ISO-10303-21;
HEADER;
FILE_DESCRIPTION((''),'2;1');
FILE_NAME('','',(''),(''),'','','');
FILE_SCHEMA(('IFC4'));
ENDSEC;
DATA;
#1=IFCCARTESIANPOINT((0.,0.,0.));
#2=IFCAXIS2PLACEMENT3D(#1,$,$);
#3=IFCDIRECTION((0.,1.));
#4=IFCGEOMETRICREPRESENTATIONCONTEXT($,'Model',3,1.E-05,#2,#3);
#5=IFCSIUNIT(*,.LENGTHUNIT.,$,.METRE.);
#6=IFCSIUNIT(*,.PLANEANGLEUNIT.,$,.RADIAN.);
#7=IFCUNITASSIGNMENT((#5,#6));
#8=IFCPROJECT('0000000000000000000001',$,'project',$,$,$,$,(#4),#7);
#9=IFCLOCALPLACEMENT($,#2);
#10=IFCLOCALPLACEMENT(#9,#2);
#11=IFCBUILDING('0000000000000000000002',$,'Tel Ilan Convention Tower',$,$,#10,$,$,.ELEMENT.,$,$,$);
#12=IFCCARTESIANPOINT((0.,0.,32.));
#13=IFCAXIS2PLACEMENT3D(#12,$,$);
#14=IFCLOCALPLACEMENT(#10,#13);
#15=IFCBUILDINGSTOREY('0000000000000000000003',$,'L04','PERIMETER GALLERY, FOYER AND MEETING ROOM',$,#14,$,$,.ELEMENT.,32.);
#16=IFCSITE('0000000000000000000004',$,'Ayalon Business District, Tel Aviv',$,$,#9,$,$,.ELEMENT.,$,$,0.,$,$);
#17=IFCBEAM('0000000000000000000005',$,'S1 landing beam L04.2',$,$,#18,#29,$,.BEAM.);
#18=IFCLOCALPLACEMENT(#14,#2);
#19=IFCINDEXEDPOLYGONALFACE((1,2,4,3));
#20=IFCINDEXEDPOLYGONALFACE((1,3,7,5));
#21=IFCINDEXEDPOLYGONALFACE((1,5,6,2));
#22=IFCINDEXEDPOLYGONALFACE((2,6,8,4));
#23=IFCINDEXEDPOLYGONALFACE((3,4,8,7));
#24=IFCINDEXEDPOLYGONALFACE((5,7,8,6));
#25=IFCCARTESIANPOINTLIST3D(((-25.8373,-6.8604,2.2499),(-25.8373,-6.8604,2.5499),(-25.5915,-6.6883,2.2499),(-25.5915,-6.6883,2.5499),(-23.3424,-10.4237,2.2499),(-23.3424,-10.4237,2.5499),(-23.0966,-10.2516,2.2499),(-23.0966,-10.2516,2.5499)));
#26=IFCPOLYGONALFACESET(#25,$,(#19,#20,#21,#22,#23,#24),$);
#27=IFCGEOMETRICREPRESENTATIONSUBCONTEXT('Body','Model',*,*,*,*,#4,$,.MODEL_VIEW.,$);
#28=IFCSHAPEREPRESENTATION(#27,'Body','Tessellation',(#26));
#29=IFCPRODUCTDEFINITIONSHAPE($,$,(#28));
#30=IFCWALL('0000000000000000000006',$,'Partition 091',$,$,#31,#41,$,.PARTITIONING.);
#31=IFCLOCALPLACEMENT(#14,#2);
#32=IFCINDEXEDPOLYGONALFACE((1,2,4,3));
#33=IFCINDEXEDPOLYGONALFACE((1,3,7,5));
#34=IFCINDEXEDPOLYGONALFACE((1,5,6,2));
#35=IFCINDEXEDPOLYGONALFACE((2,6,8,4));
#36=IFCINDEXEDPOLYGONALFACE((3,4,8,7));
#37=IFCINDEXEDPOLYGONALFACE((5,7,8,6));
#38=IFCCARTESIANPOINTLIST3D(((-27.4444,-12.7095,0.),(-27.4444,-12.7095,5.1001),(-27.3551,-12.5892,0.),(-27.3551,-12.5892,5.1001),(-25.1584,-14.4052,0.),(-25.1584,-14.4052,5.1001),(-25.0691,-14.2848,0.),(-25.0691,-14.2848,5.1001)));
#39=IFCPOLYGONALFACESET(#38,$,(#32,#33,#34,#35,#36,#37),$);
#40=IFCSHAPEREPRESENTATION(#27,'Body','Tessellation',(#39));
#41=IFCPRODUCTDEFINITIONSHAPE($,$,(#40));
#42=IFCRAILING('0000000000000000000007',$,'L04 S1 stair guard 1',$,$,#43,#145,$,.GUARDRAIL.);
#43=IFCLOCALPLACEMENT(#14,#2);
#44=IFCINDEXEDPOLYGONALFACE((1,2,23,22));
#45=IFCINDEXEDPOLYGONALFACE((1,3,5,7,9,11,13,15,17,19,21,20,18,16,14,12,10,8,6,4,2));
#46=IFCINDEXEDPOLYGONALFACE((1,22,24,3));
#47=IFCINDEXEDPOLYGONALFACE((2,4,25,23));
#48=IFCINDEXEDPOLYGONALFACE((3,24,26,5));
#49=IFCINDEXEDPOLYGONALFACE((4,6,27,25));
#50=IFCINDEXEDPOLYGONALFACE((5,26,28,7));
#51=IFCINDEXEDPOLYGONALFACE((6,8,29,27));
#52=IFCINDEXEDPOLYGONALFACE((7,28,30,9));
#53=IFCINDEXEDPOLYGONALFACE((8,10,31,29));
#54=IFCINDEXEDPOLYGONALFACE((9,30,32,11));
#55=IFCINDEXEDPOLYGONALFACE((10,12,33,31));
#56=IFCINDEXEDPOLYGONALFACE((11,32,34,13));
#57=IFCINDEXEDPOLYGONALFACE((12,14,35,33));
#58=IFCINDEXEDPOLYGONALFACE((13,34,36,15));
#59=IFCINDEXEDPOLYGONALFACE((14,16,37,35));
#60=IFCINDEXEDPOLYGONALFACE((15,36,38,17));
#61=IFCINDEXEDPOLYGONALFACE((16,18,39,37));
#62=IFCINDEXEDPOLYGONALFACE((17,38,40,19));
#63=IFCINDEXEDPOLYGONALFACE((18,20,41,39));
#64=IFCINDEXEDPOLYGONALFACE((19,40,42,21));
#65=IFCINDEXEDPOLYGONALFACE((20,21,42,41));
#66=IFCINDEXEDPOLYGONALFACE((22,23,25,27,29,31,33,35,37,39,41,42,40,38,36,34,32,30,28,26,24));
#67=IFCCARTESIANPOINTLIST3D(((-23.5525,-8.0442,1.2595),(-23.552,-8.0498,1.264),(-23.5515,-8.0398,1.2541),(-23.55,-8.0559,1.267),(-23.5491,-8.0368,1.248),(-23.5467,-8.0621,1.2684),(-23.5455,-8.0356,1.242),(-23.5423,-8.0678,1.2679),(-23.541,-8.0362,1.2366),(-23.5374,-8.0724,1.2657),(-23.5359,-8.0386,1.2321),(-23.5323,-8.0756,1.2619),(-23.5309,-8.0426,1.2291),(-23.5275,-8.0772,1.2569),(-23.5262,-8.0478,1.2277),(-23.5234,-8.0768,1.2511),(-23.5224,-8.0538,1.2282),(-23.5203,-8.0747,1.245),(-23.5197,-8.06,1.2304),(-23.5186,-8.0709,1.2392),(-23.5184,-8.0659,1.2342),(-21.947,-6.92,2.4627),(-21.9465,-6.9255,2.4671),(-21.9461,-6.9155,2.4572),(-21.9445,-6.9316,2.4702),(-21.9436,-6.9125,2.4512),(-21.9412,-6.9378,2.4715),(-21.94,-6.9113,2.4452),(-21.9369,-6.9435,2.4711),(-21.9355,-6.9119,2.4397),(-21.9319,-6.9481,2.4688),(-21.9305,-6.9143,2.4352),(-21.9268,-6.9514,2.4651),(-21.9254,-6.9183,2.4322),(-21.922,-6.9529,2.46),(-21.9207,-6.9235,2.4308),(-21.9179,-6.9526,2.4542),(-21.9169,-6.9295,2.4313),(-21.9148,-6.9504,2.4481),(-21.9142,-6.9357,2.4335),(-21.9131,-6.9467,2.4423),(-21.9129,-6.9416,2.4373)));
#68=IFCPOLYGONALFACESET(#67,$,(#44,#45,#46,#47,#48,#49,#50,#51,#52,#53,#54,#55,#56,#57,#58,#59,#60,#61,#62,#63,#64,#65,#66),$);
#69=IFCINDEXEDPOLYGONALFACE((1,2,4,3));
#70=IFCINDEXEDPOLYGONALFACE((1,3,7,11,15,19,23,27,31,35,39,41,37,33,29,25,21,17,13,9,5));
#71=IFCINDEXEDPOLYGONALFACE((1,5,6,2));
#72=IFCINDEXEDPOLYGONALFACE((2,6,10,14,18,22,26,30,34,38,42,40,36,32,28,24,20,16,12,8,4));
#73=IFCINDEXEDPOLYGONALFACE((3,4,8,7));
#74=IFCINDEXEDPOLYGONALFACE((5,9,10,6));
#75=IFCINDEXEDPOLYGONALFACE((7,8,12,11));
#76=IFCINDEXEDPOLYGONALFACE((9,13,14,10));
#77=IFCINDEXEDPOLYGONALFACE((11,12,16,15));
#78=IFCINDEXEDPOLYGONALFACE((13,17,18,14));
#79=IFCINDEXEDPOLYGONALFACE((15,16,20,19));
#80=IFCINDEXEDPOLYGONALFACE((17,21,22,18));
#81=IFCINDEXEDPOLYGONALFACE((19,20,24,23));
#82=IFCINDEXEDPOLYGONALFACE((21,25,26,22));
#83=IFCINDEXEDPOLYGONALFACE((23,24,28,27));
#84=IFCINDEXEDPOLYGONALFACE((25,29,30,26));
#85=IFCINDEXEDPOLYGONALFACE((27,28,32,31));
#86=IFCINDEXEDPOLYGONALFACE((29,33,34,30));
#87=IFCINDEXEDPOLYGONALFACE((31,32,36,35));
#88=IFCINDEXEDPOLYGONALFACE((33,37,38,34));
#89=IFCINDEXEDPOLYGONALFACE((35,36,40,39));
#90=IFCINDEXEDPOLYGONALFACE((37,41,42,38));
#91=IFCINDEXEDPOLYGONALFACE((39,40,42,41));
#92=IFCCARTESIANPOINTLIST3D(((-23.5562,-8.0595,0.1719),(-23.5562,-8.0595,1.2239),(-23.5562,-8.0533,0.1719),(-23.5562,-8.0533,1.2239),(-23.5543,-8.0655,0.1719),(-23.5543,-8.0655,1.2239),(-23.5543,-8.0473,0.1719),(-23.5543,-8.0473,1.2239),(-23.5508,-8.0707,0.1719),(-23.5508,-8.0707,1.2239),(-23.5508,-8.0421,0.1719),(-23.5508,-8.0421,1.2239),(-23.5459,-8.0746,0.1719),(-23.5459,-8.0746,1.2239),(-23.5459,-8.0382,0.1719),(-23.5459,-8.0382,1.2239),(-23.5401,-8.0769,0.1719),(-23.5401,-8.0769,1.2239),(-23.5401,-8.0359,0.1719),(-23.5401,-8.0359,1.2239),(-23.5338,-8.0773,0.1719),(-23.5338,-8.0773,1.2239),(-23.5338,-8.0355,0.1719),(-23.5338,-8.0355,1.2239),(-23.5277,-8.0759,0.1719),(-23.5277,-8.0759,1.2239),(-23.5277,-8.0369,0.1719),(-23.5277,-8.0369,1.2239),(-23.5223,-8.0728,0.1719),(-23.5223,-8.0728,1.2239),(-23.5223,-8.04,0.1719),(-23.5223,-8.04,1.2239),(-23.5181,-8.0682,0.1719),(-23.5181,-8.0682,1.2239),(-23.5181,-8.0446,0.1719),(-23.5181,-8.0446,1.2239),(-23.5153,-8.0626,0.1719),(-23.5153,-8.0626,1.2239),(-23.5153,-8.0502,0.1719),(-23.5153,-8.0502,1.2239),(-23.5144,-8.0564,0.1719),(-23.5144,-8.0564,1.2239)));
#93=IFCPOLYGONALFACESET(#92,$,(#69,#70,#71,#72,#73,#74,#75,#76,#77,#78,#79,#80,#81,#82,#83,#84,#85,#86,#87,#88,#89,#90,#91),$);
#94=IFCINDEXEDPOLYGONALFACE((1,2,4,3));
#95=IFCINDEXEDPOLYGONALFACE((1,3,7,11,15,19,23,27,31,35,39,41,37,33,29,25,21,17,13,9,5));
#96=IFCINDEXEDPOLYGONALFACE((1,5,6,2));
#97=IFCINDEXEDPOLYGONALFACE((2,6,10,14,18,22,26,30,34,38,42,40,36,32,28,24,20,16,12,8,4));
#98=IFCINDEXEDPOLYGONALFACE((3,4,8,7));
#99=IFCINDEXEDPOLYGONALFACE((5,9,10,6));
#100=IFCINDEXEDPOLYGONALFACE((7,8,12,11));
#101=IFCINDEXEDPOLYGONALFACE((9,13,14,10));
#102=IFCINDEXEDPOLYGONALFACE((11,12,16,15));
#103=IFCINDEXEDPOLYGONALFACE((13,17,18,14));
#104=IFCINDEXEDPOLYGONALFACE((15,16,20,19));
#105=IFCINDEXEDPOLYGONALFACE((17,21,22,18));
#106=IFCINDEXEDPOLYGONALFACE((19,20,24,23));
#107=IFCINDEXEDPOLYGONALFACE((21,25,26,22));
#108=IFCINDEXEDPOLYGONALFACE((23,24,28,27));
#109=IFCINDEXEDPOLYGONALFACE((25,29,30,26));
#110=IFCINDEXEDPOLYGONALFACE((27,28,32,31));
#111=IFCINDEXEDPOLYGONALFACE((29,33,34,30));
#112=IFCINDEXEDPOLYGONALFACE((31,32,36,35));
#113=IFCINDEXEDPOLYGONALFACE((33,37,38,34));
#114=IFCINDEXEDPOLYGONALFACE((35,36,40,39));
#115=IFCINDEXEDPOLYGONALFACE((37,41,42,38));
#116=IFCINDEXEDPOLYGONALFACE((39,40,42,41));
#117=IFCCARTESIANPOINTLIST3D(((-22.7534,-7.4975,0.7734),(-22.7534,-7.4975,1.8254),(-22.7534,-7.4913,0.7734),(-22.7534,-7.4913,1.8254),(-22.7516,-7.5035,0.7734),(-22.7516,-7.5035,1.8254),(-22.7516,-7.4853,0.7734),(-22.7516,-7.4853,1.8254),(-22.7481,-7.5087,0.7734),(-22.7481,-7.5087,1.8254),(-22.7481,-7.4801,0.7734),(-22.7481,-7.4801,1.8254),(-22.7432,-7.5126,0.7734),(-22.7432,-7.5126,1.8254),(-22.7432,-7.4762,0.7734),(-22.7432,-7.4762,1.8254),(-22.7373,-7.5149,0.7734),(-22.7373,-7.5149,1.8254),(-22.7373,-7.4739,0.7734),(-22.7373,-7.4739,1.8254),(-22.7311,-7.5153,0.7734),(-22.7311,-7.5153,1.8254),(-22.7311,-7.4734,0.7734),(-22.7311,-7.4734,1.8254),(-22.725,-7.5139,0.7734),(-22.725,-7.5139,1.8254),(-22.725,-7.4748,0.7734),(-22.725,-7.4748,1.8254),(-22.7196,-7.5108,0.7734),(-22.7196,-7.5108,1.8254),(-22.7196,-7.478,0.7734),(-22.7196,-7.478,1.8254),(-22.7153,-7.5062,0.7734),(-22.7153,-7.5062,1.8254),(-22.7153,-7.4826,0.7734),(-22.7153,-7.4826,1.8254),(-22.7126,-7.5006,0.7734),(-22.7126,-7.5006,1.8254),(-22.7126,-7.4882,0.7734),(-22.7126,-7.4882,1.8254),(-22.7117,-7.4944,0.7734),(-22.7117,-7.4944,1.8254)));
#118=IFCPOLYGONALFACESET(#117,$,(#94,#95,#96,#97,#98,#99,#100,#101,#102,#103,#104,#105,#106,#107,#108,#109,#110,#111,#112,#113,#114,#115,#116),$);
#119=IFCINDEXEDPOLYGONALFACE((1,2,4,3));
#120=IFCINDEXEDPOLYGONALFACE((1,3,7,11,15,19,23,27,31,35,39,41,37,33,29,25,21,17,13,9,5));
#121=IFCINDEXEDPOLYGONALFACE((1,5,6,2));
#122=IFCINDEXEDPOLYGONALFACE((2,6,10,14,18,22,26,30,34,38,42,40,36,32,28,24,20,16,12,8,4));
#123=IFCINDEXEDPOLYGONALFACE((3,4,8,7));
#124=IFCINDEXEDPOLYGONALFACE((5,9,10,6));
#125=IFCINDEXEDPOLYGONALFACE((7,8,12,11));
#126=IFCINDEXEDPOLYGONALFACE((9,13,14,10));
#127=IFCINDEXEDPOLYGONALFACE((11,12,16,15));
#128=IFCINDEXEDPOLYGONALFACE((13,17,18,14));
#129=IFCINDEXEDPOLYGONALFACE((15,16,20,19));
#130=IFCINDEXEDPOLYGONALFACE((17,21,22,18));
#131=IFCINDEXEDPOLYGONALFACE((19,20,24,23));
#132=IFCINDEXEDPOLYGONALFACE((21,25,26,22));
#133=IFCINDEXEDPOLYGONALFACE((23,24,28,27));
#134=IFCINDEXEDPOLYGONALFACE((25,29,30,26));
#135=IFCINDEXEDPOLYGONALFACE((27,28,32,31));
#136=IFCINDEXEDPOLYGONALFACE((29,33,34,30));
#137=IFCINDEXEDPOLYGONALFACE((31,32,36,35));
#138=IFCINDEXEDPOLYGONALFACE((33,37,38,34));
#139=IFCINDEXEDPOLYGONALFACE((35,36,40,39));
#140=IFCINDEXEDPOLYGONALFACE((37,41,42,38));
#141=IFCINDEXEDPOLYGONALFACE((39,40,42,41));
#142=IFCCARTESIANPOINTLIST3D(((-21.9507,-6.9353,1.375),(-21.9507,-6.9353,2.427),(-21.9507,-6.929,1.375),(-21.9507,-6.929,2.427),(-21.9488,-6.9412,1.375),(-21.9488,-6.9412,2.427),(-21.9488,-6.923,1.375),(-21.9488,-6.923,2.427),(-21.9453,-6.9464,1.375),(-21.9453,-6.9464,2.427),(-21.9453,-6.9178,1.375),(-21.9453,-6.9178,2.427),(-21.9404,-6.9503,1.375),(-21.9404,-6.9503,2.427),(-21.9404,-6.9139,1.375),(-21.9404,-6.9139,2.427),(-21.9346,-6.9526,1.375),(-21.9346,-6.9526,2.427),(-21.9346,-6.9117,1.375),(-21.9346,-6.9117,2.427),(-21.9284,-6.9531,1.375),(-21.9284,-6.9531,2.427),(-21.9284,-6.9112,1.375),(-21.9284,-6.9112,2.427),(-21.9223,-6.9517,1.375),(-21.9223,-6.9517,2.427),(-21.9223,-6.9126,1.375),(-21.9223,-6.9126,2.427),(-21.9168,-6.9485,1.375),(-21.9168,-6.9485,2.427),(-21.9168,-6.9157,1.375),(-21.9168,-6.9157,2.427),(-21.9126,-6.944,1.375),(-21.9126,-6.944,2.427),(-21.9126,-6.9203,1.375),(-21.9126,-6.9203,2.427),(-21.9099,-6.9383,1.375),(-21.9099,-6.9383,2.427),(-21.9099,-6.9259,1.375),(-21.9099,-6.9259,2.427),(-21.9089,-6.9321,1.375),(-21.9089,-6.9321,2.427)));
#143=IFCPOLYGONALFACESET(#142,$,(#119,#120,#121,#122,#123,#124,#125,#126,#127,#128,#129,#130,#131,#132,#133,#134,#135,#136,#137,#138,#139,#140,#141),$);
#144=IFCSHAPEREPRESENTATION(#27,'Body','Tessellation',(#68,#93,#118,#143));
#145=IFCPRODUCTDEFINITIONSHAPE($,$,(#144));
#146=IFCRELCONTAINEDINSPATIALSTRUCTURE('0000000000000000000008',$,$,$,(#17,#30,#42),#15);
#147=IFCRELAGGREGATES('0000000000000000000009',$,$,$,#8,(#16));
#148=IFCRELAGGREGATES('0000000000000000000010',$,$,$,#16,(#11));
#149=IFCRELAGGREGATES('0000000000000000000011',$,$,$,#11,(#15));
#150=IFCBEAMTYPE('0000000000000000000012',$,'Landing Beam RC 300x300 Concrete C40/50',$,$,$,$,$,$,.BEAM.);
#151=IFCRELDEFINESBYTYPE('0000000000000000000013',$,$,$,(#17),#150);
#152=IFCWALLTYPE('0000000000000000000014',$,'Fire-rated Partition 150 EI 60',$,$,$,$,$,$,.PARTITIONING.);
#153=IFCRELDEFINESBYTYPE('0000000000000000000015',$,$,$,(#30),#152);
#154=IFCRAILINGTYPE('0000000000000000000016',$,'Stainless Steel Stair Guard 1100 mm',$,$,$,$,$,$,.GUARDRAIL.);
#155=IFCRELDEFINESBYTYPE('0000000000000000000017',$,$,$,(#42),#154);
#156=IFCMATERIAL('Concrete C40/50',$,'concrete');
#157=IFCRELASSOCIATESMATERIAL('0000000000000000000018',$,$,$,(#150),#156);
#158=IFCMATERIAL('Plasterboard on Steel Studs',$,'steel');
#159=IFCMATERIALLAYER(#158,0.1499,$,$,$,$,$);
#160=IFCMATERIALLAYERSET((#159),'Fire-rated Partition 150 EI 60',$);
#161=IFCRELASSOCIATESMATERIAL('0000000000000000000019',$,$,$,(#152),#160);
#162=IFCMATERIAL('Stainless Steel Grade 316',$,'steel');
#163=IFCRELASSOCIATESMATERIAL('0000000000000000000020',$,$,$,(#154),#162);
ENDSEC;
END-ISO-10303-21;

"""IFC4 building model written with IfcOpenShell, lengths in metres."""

from ifc_helpers import new_model, si_unit, direction, frame, frame_2d, origin, origin_2d, place, context, subcontext, project, spatial, rectangle, circle, extrude, material, layer, layer_set, material_profile, profile_set, type_object, element, save


model = new_model("IFC4")

# Units and contexts
model_context = context("Model", 3, precision=1e-05, world=origin(), true_north=direction((0.0, 1.0)))
body_context = subcontext(model_context, "Body", "Model", "MODEL_VIEW")
ifc_project = project(units=[si_unit("LENGTHUNIT", "METRE"), si_unit("PLANEANGLEUNIT", "RADIAN")], contexts=[model_context])

# Site, building, storey
site_placement = place(None, origin())
site = spatial("IfcSite", under=ifc_project, at=site_placement, Name="Ayalon Business District, Tel Aviv", CompositionType="ELEMENT", RefElevation=0.0)
building_placement = place(site_placement, origin())
building = spatial("IfcBuilding", under=site, at=building_placement, Name="Tel Ilan Convention Tower", CompositionType="ELEMENT")
storey_placement = place(building_placement, frame((0.0, 0.0, 32.0)))
storey = spatial("IfcBuildingStorey", under=building, at=storey_placement, Name="L04", Description="PERIMETER GALLERY, FOYER AND MEETING ROOM", CompositionType="ELEMENT", Elevation=32.0)

# Beam
ifc_material_1 = material(Name="Concrete C40/50", Category="concrete")
ifc_material_profile = material_profile(ifc_material_1, rectangle(XDim=0.3, YDim=0.3, at=origin_2d()), Name="RC 300x300")
ifc_profile_set = profile_set([ifc_material_profile], Name="Concrete C40/50")
beam_type = type_object("IfcBeamType", Name="Landing Beam RC 300x300 Concrete C40/50", PredefinedType="BEAM", material=ifc_profile_set)
beam_placement = place(storey_placement, frame((-23.2195, -10.3376, 2.3999), z_axis=(-0.573557, 0.819166, 0.0), x_axis=(-0.819166, -0.573557, 0.0)))
element("IfcBeam", 1, at=beam_placement, inside=storey, type_object=beam_type, Name="S1 landing beam L04.2", PredefinedType="BEAM", context=body_context, shape_type="SweptSolid", body=[
    extrude(rectangle(XDim=0.3, YDim=0.3, at=origin_2d()), origin(), (0.0, 0.0, 1.0), 4.3499),
])

# Wall
ifc_material_2 = material(Name="Plasterboard on Steel Studs", Category="steel")
ifc_layer = layer(ifc_material_2, 0.1499)
ifc_layer_set = layer_set([ifc_layer], Name="Fire-rated Partition 150 EI 60")
wall_type = type_object("IfcWallType", Name="Fire-rated Partition 150 EI 60", PredefinedType="PARTITIONING", material=ifc_layer_set)
wall_placement = place(storey_placement, frame((-25.1138, -14.345, 0.0), z_axis=(0.0, 0.0, 1.0), x_axis=(-0.80317, 0.595751, 0.0)))
element("IfcWall", 2, at=wall_placement, inside=storey, type_object=wall_type, Name="Partition 091", PredefinedType="PARTITIONING", context=body_context, shape_type="SweptSolid", body=[
    extrude(rectangle(XDim=2.8462, YDim=0.1499, at=frame_2d((1.4231, 0.0))), origin(), (0.0, 0.0, 1.0), 5.1001),
])

# Railing
ifc_material_3 = material(Name="Stainless Steel Grade 316", Category="steel")
railing_type_1 = type_object("IfcRailingType", Name="Stainless Steel Stair Guard 1100 mm", PredefinedType="GUARDRAIL", material=ifc_material_3)
railing_1_placement = place(storey_placement, frame((-23.5354, -8.0564, 0.1719)))
element("IfcRailing", 3, at=railing_1_placement, inside=storey, type_object=railing_type_1, Name="L04 S1 stair guard 1", PredefinedType="GUARDRAIL", context=body_context, shape_type="SweptSolid", body=[
    extrude(circle(Radius=0.0239, at=origin_2d()), frame((0.0, 0.0, 1.0762), z_axis=(0.698095, 0.488857, 0.523146), x_axis=(-0.573613, 0.819127, 0.0)), (0.0, 0.0, 1.0), 2.2998),
    extrude(circle(Radius=0.021, at=origin_2d()), origin(), (0.0, 0.0, 1.0), 1.052),
    extrude(circle(Radius=0.021, at=origin_2d()), frame((0.8027, 0.562, 0.6016)), (0.0, 0.0, 1.0), 1.052),
    extrude(circle(Radius=0.021, at=origin_2d()), frame((1.6055, 1.1243, 1.2031)), (0.0, 0.0, 1.0), 1.052),
])

save(model, "model.ifc")
